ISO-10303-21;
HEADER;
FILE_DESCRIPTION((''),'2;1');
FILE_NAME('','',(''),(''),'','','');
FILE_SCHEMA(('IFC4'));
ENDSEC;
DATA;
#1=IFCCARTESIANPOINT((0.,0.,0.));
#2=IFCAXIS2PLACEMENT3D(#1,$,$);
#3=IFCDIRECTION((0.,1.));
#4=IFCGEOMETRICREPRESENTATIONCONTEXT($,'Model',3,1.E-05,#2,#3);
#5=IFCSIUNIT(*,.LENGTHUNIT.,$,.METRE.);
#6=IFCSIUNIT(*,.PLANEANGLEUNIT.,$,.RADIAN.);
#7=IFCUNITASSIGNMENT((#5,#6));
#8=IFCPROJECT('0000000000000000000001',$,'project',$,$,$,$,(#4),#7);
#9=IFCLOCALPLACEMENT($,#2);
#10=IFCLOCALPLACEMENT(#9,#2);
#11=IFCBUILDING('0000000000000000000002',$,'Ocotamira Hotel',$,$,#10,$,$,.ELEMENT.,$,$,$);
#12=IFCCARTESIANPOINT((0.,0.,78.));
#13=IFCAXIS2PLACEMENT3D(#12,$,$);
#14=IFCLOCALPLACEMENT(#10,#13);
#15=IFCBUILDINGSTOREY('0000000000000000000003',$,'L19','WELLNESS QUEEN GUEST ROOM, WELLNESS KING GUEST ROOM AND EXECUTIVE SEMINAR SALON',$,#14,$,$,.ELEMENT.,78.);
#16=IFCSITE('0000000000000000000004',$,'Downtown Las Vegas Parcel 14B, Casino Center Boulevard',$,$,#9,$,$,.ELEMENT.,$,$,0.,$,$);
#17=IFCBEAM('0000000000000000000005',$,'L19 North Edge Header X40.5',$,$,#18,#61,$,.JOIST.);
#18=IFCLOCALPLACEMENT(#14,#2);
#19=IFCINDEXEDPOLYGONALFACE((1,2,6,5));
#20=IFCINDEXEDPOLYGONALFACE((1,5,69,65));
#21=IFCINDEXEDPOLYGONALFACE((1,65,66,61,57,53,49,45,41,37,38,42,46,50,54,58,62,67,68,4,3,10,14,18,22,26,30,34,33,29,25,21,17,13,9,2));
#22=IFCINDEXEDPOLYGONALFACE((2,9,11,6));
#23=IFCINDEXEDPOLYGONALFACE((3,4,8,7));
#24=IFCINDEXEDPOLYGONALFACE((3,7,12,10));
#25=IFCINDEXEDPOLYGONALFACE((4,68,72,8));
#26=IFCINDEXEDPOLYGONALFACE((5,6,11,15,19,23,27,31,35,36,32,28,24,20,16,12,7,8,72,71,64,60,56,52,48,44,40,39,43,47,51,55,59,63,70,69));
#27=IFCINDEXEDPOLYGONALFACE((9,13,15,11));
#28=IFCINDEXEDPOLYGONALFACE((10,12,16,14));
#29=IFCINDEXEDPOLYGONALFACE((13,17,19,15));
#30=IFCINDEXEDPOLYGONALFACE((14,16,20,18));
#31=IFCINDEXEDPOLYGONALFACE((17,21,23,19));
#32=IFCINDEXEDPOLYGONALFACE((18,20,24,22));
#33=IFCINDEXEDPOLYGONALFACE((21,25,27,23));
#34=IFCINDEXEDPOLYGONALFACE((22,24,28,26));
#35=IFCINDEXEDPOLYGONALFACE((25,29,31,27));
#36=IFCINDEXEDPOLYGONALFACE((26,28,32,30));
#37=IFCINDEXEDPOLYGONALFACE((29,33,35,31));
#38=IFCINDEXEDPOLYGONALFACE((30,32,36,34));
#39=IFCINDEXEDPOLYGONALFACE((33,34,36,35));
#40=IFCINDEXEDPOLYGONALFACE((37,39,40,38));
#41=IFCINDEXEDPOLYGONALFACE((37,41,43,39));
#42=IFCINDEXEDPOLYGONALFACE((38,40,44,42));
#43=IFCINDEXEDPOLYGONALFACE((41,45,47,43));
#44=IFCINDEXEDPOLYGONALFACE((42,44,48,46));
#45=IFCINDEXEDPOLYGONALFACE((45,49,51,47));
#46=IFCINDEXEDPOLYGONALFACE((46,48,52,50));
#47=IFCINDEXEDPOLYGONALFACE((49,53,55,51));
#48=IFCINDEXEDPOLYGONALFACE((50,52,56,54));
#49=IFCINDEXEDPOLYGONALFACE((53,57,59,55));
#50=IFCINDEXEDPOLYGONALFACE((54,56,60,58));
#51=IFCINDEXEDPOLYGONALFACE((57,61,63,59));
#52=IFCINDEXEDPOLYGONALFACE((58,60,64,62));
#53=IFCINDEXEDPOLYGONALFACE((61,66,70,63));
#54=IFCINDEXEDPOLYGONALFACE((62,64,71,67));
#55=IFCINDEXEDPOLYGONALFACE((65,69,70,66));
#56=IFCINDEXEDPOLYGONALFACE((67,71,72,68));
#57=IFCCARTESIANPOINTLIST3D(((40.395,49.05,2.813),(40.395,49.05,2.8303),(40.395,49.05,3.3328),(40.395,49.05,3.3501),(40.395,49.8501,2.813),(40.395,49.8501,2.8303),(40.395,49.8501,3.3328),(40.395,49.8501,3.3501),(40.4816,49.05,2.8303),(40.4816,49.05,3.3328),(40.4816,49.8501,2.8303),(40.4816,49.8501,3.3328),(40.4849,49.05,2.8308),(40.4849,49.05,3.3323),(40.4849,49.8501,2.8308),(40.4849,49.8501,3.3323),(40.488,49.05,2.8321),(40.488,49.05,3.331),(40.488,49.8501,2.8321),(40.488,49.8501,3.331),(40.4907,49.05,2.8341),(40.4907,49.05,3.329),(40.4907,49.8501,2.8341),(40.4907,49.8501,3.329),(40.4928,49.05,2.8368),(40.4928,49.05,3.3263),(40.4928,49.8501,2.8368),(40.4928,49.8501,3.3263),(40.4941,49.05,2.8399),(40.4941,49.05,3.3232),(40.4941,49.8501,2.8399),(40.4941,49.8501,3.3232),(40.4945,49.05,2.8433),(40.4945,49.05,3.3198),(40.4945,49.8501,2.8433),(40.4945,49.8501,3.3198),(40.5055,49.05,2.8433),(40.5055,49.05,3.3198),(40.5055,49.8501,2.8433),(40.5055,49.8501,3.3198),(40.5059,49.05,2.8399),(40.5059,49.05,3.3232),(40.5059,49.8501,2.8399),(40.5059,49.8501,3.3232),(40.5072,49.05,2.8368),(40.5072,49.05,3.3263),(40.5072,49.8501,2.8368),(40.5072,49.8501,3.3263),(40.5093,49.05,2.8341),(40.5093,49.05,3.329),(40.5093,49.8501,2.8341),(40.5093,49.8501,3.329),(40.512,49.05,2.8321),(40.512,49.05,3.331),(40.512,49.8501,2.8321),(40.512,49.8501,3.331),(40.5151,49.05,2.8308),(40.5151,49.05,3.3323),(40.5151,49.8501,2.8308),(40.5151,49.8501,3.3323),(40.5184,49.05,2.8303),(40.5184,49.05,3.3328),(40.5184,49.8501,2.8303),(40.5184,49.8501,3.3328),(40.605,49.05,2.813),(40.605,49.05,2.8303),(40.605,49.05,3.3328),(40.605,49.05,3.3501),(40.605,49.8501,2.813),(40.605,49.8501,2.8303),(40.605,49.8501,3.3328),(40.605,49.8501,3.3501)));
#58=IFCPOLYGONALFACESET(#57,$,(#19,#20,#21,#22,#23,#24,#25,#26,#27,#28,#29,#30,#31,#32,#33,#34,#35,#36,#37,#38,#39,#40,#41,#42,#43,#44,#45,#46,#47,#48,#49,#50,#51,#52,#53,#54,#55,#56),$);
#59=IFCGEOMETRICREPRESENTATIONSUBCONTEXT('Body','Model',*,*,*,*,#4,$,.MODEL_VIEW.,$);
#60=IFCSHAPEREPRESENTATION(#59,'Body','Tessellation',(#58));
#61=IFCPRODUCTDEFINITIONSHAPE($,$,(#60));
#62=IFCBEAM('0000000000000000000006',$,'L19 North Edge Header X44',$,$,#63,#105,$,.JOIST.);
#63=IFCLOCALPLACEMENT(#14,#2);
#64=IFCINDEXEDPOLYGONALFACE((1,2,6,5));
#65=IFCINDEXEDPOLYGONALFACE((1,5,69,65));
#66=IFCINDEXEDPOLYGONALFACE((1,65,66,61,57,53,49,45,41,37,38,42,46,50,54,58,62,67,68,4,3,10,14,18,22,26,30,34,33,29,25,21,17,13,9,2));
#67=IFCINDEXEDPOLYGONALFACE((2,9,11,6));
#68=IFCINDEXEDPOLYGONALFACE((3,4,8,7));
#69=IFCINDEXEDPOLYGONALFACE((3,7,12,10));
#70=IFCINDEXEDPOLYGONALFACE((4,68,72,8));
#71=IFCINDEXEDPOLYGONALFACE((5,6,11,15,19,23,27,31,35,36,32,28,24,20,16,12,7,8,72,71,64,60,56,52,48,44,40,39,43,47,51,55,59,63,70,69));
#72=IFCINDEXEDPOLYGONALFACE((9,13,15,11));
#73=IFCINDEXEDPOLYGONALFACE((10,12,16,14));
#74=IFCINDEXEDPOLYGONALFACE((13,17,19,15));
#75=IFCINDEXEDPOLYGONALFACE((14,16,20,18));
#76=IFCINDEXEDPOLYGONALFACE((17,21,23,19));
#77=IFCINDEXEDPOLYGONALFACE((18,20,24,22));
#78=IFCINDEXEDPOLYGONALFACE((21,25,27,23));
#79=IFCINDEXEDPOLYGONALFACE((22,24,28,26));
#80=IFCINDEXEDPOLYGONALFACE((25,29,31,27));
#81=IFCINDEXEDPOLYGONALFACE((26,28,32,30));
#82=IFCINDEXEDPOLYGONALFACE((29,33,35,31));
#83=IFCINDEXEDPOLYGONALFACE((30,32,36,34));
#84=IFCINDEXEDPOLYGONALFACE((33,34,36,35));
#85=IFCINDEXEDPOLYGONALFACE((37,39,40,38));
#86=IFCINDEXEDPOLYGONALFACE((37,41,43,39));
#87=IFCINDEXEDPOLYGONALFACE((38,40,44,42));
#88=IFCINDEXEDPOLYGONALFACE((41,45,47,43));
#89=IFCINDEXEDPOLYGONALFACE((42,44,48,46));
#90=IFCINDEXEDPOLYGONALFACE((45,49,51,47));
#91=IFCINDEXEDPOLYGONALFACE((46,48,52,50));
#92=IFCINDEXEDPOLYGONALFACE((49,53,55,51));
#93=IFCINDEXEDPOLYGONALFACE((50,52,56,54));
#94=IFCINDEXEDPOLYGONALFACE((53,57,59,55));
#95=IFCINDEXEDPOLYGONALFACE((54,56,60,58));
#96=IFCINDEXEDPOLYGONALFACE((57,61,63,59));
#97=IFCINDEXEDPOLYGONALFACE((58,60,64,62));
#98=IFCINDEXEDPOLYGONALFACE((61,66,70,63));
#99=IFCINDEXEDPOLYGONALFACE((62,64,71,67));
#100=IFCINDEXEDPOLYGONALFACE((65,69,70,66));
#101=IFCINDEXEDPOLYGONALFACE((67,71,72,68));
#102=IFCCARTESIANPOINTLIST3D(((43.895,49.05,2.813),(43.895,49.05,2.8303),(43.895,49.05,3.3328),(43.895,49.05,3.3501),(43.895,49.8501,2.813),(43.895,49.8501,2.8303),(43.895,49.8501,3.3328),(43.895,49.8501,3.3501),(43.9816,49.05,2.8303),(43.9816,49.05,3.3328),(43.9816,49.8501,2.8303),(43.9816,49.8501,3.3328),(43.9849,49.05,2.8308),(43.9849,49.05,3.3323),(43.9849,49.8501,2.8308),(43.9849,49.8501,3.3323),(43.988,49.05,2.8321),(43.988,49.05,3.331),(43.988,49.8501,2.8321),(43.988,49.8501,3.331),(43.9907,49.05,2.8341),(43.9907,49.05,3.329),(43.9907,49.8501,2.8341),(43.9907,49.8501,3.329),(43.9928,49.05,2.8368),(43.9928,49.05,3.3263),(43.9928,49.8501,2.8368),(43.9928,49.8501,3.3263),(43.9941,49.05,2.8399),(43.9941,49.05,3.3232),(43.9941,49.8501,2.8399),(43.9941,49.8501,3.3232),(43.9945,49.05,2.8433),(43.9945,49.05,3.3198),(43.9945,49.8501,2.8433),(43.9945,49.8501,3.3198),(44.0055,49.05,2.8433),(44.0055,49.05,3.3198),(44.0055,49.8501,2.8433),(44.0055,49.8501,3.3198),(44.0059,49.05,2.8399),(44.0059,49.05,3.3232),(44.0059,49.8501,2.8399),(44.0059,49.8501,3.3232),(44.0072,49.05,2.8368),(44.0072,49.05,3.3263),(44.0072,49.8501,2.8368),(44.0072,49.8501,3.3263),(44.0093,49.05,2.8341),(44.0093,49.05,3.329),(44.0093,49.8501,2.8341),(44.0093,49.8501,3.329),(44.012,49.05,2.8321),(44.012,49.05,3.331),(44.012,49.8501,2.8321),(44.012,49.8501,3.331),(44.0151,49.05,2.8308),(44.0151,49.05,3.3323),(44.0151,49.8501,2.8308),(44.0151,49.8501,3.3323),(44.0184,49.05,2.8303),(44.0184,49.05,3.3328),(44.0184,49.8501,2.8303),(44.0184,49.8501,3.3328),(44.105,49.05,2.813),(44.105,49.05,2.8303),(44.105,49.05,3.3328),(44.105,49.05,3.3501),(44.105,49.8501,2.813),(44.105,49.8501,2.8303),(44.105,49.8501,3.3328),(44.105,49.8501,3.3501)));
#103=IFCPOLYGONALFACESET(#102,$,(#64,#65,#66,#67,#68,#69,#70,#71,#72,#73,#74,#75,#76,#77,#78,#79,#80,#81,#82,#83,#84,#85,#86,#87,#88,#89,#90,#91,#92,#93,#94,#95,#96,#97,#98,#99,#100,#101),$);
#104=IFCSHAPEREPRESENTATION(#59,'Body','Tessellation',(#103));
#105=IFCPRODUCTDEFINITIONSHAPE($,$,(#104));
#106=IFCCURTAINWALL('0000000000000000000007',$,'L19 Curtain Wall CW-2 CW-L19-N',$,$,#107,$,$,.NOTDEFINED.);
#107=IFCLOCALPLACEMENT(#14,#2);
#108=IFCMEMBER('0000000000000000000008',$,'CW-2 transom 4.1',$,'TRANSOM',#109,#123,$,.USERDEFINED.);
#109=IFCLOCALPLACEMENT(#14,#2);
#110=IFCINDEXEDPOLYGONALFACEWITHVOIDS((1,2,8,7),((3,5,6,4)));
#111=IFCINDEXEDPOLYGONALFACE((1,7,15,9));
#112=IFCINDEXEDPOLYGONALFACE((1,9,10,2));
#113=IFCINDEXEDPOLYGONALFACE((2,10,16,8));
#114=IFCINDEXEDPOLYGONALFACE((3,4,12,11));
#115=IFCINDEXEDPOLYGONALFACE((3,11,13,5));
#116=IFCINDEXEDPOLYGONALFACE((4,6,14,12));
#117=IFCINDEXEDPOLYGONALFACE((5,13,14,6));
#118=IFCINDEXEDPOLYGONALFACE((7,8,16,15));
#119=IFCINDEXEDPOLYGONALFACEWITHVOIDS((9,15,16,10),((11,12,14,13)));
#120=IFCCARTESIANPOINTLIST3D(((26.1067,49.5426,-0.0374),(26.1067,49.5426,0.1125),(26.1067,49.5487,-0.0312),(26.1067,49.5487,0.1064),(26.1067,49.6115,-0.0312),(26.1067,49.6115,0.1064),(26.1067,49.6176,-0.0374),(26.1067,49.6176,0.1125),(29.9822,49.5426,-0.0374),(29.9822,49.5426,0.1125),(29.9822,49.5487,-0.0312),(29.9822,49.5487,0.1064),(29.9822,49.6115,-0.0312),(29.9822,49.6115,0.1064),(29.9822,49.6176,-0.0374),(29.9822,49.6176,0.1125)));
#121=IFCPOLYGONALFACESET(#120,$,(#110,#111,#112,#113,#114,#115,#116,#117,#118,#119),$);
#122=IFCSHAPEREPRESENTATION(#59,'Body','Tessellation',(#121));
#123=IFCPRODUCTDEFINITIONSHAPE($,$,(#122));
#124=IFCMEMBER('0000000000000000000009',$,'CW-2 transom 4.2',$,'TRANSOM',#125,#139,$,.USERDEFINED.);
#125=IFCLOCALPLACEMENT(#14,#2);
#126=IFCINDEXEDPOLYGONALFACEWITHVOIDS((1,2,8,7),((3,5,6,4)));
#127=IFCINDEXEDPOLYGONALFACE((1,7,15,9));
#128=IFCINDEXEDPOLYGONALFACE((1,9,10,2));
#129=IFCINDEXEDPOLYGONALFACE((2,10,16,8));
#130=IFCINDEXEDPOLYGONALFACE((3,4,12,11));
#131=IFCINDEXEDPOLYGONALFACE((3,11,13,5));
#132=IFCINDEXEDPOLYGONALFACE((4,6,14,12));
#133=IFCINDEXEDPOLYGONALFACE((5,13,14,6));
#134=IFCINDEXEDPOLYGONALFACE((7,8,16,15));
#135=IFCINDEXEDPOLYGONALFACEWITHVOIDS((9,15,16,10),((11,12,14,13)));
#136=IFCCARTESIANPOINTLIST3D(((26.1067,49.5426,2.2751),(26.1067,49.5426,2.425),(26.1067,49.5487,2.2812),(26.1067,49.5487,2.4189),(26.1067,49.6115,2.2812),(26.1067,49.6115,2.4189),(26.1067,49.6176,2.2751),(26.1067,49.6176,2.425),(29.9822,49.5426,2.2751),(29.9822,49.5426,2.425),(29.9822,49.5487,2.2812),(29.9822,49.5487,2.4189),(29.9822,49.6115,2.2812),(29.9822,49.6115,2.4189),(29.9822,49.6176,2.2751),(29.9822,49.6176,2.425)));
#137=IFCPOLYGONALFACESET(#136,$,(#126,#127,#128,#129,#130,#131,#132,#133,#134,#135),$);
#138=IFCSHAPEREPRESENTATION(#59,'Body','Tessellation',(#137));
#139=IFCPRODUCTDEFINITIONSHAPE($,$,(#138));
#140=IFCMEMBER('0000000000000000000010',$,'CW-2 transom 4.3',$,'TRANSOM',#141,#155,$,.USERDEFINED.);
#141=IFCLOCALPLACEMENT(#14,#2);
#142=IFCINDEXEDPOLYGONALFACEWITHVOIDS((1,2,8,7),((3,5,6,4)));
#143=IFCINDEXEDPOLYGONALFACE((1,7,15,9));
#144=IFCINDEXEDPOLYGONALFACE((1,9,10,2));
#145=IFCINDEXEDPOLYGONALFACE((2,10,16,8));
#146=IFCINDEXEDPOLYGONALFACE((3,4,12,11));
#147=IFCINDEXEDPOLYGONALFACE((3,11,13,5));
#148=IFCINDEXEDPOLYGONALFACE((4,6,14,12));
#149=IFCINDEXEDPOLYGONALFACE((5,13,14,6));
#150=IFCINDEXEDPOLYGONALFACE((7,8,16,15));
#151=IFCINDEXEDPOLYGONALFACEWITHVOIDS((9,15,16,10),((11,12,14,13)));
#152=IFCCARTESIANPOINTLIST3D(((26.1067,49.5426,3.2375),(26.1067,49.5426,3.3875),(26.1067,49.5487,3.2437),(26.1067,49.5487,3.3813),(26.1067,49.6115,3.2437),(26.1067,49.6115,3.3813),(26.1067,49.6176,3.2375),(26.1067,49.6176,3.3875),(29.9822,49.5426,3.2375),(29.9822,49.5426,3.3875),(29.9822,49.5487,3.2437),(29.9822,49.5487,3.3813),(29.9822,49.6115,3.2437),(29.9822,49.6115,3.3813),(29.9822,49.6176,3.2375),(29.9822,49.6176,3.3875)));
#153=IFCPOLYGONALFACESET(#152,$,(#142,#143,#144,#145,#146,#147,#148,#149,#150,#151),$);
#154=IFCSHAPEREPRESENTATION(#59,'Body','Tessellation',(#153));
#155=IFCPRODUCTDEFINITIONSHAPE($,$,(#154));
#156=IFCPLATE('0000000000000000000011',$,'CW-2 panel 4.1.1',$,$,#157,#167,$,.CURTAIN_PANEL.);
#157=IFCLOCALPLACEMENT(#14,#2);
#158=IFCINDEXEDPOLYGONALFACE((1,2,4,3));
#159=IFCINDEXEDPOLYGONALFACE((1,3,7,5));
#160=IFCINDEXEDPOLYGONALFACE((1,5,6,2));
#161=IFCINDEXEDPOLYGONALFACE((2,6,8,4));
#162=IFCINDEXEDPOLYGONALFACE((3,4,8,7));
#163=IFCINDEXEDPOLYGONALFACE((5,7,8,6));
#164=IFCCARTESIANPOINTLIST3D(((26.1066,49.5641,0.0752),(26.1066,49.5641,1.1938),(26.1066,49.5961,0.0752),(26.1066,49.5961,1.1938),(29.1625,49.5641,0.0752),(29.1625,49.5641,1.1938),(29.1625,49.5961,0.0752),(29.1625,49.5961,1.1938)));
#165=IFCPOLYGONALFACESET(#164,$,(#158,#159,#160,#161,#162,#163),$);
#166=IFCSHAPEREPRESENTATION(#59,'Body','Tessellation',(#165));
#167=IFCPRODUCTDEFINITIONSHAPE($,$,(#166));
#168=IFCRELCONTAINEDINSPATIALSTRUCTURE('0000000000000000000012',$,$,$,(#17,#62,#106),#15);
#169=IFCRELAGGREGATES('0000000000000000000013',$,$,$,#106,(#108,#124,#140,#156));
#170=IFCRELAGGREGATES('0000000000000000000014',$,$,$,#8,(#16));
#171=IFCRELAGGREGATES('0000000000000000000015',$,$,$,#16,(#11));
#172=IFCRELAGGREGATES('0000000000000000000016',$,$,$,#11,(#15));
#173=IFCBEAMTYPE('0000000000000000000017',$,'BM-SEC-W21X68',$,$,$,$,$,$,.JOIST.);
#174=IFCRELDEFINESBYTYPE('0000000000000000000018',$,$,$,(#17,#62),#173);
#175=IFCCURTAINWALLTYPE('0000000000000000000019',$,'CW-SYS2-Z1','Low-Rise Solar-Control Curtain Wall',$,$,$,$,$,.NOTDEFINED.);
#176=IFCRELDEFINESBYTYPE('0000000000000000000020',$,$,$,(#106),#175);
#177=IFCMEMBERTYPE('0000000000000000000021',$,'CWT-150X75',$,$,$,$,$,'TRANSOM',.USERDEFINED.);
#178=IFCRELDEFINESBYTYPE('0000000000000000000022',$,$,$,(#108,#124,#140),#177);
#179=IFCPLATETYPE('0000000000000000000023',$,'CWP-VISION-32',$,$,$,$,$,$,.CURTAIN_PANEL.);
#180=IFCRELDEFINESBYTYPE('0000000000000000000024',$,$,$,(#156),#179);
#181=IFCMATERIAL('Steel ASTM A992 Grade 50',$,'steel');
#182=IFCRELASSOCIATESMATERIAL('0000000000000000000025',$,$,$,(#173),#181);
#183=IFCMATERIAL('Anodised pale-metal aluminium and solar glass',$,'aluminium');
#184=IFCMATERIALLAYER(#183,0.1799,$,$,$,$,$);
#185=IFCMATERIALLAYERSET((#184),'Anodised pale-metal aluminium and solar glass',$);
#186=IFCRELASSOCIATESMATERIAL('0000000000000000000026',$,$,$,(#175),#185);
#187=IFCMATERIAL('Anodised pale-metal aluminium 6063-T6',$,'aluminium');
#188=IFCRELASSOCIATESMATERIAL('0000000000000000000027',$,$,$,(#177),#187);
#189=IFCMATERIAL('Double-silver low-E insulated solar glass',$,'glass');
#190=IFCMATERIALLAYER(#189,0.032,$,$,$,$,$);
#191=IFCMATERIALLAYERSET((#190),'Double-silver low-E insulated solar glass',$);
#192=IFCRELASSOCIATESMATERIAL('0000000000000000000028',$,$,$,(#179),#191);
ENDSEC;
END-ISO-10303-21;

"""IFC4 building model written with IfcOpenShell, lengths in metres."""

from ifc_helpers import new_model, si_unit, direction, frame, origin, origin_2d, place, context, subcontext, project, spatial, rectangle, hollow_rectangle, i_section, extrude, source, transform, mapped, material, layer, layer_set, material_profile, profile_set, type_object, element, aggregate, save


model = new_model("IFC4")

# Units and contexts
model_context = context("Model", 3, precision=1e-05, world=origin(), true_north=direction((0.0, 1.0)))
body_context = subcontext(model_context, "Body", "Model", "MODEL_VIEW")
ifc_project = project(units=[si_unit("LENGTHUNIT", "METRE"), si_unit("PLANEANGLEUNIT", "RADIAN")], contexts=[model_context])

# Site, building, storey
site_placement = place(None, origin())
site = spatial("IfcSite", under=ifc_project, at=site_placement, Name="Downtown Las Vegas Parcel 14B, Casino Center Boulevard", CompositionType="ELEMENT", RefElevation=0.0)
building_placement = place(site_placement, origin())
building = spatial("IfcBuilding", under=site, at=building_placement, Name="Ocotamira Hotel", CompositionType="ELEMENT")
storey_placement = place(building_placement, frame((0.0, 0.0, 78.0)))
storey = spatial("IfcBuildingStorey", under=building, at=storey_placement, Name="L19", Description="WELLNESS QUEEN GUEST ROOM, WELLNESS KING GUEST ROOM AND EXECUTIVE SEMINAR SALON", CompositionType="ELEMENT", Elevation=78.0)

# Beams
ifc_material_1 = material(Name="Steel ASTM A992 Grade 50", Category="steel")
ifc_material_profile_1 = material_profile(ifc_material_1, i_section(OverallWidth=0.21, OverallDepth=0.5371, WebThickness=0.011, FlangeThickness=0.0173, FilletRadius=0.0129, at=origin_2d()), Name="W21X68")
ifc_profile_set_1 = profile_set([ifc_material_profile_1], Name="Steel ASTM A992 Grade 50")
beam_type_1 = type_object("IfcBeamType", Name="BM-SEC-W21X68", PredefinedType="JOIST", material=ifc_profile_set_1)
shared_shape_1 = source(origin(), body_context, "Body", "SweptSolid", [
    extrude(i_section(OverallWidth=0.21, OverallDepth=0.5371, WebThickness=0.011, FlangeThickness=0.0173, FilletRadius=0.0129, at=origin_2d()), origin(), (0.0, 0.0, 1.0), 0.8),
])
for number, where, z_axis, x_axis, name in (
    (1, (40.5, 49.05, 3.0815), (0.0, 1.0, 0.0), (-1.0, 0.0, 0.0), "L19 North Edge Header X40.5"),
    (2, (44.0, 49.05, 3.0815), (0.0, 1.0, 0.0), (-1.0, 0.0, 0.0), "L19 North Edge Header X44"),
):
    element("IfcBeam", number, at=place(storey_placement, frame(where, z_axis=z_axis, x_axis=x_axis)), inside=storey, type_object=beam_type_1, Name=name, PredefinedType="JOIST", context=body_context, shape_type="MappedRepresentation", body=[
        mapped(shared_shape_1, transform((0.0, 0.0, 0.0), scale=1.0)),
    ])

# Curtain wall, members, plate
ifc_material_2 = material(Name="Anodised pale-metal aluminium and solar glass", Category="aluminium")
ifc_layer_1 = layer(ifc_material_2, 0.1799)
ifc_layer_set_1 = layer_set([ifc_layer_1], Name="Anodised pale-metal aluminium and solar glass")
curtain_wall_type = type_object("IfcCurtainWallType", Name="CW-SYS2-Z1", Description="Low-Rise Solar-Control Curtain Wall", PredefinedType="NOTDEFINED", material=ifc_layer_set_1)
curtain_wall_placement = place(storey_placement, origin())
curtain_wall = element("IfcCurtainWall", 3, at=curtain_wall_placement, inside=storey, type_object=curtain_wall_type, Name="L19 Curtain Wall CW-2 CW-L19-N", PredefinedType="NOTDEFINED")
ifc_material_3 = material(Name="Anodised pale-metal aluminium 6063-T6", Category="aluminium")
ifc_material_profile_2 = material_profile(ifc_material_3, hollow_rectangle(XDim=0.075, YDim=0.1499, WallThickness=0.0061, at=origin_2d()), Name="HSS150X75X6")
ifc_profile_set_2 = profile_set([ifc_material_profile_2], Name="Anodised pale-metal aluminium 6063-T6")
member_type = type_object("IfcMemberType", Name="CWT-150X75", ElementType="TRANSOM", PredefinedType="USERDEFINED", material=ifc_profile_set_2)
shared_shape_2 = source(origin(), body_context, "Body", "SweptSolid", [
    extrude(hollow_rectangle(XDim=0.075, YDim=0.1499, WallThickness=0.0061, at=origin_2d()), origin(), (0.0, 0.0, 1.0), 3.8755),
])
member_1_placement = place(storey_placement, frame((26.1067, 49.5801, 0.0376), z_axis=(1.0, 0.0, 0.0), x_axis=(0.0, 1.0, 0.0)))
member_1 = element("IfcMember", 4, at=member_1_placement, type_object=member_type, Name="CW-2 transom 4.1", ObjectType="TRANSOM", PredefinedType="USERDEFINED", context=body_context, shape_type="MappedRepresentation", body=[
    mapped(shared_shape_2, transform((0.0, 0.0, 0.0), scale=1.0)),
])
member_2_placement = place(storey_placement, frame((26.1067, 49.5801, 2.3501), z_axis=(1.0, 0.0, 0.0), x_axis=(0.0, 1.0, 0.0)))
member_2 = element("IfcMember", 5, at=member_2_placement, type_object=member_type, Name="CW-2 transom 4.2", ObjectType="TRANSOM", PredefinedType="USERDEFINED", context=body_context, shape_type="MappedRepresentation", body=[
    mapped(shared_shape_2, transform((0.0, 0.0, 0.0), scale=1.0)),
])
member_3_placement = place(storey_placement, frame((26.1067, 49.5801, 3.3125), z_axis=(1.0, 0.0, 0.0), x_axis=(0.0, 1.0, 0.0)))
member_3 = element("IfcMember", 6, at=member_3_placement, type_object=member_type, Name="CW-2 transom 4.3", ObjectType="TRANSOM", PredefinedType="USERDEFINED", context=body_context, shape_type="MappedRepresentation", body=[
    mapped(shared_shape_2, transform((0.0, 0.0, 0.0), scale=1.0)),
])
ifc_material_4 = material(Name="Double-silver low-E insulated solar glass", Category="glass")
ifc_layer_2 = layer(ifc_material_4, 0.032)
ifc_layer_set_2 = layer_set([ifc_layer_2], Name="Double-silver low-E insulated solar glass")
plate_type = type_object("IfcPlateType", Name="CWP-VISION-32", PredefinedType="CURTAIN_PANEL", material=ifc_layer_set_2)
shared_shape_3 = source(origin(), body_context, "Body", "SweptSolid", [
    extrude(rectangle(XDim=3.0559, YDim=0.032, at=origin_2d()), origin(), (0.0, 0.0, 1.0), 1.1187),
])
plate_placement = place(storey_placement, frame((27.6345, 49.5801, 0.0752), z_axis=(0.0, 0.0, 1.0), x_axis=(1.0, 0.0, 0.0)))
plate = element("IfcPlate", 7, at=plate_placement, type_object=plate_type, Name="CW-2 panel 4.1.1", PredefinedType="CURTAIN_PANEL", context=body_context, shape_type="MappedRepresentation", body=[
    mapped(shared_shape_3, transform((0.0, 0.0, 0.0), scale=1.0)),
])
aggregate(curtain_wall, [member_1, member_2, member_3, plate])

save(model, "model.ifc")
